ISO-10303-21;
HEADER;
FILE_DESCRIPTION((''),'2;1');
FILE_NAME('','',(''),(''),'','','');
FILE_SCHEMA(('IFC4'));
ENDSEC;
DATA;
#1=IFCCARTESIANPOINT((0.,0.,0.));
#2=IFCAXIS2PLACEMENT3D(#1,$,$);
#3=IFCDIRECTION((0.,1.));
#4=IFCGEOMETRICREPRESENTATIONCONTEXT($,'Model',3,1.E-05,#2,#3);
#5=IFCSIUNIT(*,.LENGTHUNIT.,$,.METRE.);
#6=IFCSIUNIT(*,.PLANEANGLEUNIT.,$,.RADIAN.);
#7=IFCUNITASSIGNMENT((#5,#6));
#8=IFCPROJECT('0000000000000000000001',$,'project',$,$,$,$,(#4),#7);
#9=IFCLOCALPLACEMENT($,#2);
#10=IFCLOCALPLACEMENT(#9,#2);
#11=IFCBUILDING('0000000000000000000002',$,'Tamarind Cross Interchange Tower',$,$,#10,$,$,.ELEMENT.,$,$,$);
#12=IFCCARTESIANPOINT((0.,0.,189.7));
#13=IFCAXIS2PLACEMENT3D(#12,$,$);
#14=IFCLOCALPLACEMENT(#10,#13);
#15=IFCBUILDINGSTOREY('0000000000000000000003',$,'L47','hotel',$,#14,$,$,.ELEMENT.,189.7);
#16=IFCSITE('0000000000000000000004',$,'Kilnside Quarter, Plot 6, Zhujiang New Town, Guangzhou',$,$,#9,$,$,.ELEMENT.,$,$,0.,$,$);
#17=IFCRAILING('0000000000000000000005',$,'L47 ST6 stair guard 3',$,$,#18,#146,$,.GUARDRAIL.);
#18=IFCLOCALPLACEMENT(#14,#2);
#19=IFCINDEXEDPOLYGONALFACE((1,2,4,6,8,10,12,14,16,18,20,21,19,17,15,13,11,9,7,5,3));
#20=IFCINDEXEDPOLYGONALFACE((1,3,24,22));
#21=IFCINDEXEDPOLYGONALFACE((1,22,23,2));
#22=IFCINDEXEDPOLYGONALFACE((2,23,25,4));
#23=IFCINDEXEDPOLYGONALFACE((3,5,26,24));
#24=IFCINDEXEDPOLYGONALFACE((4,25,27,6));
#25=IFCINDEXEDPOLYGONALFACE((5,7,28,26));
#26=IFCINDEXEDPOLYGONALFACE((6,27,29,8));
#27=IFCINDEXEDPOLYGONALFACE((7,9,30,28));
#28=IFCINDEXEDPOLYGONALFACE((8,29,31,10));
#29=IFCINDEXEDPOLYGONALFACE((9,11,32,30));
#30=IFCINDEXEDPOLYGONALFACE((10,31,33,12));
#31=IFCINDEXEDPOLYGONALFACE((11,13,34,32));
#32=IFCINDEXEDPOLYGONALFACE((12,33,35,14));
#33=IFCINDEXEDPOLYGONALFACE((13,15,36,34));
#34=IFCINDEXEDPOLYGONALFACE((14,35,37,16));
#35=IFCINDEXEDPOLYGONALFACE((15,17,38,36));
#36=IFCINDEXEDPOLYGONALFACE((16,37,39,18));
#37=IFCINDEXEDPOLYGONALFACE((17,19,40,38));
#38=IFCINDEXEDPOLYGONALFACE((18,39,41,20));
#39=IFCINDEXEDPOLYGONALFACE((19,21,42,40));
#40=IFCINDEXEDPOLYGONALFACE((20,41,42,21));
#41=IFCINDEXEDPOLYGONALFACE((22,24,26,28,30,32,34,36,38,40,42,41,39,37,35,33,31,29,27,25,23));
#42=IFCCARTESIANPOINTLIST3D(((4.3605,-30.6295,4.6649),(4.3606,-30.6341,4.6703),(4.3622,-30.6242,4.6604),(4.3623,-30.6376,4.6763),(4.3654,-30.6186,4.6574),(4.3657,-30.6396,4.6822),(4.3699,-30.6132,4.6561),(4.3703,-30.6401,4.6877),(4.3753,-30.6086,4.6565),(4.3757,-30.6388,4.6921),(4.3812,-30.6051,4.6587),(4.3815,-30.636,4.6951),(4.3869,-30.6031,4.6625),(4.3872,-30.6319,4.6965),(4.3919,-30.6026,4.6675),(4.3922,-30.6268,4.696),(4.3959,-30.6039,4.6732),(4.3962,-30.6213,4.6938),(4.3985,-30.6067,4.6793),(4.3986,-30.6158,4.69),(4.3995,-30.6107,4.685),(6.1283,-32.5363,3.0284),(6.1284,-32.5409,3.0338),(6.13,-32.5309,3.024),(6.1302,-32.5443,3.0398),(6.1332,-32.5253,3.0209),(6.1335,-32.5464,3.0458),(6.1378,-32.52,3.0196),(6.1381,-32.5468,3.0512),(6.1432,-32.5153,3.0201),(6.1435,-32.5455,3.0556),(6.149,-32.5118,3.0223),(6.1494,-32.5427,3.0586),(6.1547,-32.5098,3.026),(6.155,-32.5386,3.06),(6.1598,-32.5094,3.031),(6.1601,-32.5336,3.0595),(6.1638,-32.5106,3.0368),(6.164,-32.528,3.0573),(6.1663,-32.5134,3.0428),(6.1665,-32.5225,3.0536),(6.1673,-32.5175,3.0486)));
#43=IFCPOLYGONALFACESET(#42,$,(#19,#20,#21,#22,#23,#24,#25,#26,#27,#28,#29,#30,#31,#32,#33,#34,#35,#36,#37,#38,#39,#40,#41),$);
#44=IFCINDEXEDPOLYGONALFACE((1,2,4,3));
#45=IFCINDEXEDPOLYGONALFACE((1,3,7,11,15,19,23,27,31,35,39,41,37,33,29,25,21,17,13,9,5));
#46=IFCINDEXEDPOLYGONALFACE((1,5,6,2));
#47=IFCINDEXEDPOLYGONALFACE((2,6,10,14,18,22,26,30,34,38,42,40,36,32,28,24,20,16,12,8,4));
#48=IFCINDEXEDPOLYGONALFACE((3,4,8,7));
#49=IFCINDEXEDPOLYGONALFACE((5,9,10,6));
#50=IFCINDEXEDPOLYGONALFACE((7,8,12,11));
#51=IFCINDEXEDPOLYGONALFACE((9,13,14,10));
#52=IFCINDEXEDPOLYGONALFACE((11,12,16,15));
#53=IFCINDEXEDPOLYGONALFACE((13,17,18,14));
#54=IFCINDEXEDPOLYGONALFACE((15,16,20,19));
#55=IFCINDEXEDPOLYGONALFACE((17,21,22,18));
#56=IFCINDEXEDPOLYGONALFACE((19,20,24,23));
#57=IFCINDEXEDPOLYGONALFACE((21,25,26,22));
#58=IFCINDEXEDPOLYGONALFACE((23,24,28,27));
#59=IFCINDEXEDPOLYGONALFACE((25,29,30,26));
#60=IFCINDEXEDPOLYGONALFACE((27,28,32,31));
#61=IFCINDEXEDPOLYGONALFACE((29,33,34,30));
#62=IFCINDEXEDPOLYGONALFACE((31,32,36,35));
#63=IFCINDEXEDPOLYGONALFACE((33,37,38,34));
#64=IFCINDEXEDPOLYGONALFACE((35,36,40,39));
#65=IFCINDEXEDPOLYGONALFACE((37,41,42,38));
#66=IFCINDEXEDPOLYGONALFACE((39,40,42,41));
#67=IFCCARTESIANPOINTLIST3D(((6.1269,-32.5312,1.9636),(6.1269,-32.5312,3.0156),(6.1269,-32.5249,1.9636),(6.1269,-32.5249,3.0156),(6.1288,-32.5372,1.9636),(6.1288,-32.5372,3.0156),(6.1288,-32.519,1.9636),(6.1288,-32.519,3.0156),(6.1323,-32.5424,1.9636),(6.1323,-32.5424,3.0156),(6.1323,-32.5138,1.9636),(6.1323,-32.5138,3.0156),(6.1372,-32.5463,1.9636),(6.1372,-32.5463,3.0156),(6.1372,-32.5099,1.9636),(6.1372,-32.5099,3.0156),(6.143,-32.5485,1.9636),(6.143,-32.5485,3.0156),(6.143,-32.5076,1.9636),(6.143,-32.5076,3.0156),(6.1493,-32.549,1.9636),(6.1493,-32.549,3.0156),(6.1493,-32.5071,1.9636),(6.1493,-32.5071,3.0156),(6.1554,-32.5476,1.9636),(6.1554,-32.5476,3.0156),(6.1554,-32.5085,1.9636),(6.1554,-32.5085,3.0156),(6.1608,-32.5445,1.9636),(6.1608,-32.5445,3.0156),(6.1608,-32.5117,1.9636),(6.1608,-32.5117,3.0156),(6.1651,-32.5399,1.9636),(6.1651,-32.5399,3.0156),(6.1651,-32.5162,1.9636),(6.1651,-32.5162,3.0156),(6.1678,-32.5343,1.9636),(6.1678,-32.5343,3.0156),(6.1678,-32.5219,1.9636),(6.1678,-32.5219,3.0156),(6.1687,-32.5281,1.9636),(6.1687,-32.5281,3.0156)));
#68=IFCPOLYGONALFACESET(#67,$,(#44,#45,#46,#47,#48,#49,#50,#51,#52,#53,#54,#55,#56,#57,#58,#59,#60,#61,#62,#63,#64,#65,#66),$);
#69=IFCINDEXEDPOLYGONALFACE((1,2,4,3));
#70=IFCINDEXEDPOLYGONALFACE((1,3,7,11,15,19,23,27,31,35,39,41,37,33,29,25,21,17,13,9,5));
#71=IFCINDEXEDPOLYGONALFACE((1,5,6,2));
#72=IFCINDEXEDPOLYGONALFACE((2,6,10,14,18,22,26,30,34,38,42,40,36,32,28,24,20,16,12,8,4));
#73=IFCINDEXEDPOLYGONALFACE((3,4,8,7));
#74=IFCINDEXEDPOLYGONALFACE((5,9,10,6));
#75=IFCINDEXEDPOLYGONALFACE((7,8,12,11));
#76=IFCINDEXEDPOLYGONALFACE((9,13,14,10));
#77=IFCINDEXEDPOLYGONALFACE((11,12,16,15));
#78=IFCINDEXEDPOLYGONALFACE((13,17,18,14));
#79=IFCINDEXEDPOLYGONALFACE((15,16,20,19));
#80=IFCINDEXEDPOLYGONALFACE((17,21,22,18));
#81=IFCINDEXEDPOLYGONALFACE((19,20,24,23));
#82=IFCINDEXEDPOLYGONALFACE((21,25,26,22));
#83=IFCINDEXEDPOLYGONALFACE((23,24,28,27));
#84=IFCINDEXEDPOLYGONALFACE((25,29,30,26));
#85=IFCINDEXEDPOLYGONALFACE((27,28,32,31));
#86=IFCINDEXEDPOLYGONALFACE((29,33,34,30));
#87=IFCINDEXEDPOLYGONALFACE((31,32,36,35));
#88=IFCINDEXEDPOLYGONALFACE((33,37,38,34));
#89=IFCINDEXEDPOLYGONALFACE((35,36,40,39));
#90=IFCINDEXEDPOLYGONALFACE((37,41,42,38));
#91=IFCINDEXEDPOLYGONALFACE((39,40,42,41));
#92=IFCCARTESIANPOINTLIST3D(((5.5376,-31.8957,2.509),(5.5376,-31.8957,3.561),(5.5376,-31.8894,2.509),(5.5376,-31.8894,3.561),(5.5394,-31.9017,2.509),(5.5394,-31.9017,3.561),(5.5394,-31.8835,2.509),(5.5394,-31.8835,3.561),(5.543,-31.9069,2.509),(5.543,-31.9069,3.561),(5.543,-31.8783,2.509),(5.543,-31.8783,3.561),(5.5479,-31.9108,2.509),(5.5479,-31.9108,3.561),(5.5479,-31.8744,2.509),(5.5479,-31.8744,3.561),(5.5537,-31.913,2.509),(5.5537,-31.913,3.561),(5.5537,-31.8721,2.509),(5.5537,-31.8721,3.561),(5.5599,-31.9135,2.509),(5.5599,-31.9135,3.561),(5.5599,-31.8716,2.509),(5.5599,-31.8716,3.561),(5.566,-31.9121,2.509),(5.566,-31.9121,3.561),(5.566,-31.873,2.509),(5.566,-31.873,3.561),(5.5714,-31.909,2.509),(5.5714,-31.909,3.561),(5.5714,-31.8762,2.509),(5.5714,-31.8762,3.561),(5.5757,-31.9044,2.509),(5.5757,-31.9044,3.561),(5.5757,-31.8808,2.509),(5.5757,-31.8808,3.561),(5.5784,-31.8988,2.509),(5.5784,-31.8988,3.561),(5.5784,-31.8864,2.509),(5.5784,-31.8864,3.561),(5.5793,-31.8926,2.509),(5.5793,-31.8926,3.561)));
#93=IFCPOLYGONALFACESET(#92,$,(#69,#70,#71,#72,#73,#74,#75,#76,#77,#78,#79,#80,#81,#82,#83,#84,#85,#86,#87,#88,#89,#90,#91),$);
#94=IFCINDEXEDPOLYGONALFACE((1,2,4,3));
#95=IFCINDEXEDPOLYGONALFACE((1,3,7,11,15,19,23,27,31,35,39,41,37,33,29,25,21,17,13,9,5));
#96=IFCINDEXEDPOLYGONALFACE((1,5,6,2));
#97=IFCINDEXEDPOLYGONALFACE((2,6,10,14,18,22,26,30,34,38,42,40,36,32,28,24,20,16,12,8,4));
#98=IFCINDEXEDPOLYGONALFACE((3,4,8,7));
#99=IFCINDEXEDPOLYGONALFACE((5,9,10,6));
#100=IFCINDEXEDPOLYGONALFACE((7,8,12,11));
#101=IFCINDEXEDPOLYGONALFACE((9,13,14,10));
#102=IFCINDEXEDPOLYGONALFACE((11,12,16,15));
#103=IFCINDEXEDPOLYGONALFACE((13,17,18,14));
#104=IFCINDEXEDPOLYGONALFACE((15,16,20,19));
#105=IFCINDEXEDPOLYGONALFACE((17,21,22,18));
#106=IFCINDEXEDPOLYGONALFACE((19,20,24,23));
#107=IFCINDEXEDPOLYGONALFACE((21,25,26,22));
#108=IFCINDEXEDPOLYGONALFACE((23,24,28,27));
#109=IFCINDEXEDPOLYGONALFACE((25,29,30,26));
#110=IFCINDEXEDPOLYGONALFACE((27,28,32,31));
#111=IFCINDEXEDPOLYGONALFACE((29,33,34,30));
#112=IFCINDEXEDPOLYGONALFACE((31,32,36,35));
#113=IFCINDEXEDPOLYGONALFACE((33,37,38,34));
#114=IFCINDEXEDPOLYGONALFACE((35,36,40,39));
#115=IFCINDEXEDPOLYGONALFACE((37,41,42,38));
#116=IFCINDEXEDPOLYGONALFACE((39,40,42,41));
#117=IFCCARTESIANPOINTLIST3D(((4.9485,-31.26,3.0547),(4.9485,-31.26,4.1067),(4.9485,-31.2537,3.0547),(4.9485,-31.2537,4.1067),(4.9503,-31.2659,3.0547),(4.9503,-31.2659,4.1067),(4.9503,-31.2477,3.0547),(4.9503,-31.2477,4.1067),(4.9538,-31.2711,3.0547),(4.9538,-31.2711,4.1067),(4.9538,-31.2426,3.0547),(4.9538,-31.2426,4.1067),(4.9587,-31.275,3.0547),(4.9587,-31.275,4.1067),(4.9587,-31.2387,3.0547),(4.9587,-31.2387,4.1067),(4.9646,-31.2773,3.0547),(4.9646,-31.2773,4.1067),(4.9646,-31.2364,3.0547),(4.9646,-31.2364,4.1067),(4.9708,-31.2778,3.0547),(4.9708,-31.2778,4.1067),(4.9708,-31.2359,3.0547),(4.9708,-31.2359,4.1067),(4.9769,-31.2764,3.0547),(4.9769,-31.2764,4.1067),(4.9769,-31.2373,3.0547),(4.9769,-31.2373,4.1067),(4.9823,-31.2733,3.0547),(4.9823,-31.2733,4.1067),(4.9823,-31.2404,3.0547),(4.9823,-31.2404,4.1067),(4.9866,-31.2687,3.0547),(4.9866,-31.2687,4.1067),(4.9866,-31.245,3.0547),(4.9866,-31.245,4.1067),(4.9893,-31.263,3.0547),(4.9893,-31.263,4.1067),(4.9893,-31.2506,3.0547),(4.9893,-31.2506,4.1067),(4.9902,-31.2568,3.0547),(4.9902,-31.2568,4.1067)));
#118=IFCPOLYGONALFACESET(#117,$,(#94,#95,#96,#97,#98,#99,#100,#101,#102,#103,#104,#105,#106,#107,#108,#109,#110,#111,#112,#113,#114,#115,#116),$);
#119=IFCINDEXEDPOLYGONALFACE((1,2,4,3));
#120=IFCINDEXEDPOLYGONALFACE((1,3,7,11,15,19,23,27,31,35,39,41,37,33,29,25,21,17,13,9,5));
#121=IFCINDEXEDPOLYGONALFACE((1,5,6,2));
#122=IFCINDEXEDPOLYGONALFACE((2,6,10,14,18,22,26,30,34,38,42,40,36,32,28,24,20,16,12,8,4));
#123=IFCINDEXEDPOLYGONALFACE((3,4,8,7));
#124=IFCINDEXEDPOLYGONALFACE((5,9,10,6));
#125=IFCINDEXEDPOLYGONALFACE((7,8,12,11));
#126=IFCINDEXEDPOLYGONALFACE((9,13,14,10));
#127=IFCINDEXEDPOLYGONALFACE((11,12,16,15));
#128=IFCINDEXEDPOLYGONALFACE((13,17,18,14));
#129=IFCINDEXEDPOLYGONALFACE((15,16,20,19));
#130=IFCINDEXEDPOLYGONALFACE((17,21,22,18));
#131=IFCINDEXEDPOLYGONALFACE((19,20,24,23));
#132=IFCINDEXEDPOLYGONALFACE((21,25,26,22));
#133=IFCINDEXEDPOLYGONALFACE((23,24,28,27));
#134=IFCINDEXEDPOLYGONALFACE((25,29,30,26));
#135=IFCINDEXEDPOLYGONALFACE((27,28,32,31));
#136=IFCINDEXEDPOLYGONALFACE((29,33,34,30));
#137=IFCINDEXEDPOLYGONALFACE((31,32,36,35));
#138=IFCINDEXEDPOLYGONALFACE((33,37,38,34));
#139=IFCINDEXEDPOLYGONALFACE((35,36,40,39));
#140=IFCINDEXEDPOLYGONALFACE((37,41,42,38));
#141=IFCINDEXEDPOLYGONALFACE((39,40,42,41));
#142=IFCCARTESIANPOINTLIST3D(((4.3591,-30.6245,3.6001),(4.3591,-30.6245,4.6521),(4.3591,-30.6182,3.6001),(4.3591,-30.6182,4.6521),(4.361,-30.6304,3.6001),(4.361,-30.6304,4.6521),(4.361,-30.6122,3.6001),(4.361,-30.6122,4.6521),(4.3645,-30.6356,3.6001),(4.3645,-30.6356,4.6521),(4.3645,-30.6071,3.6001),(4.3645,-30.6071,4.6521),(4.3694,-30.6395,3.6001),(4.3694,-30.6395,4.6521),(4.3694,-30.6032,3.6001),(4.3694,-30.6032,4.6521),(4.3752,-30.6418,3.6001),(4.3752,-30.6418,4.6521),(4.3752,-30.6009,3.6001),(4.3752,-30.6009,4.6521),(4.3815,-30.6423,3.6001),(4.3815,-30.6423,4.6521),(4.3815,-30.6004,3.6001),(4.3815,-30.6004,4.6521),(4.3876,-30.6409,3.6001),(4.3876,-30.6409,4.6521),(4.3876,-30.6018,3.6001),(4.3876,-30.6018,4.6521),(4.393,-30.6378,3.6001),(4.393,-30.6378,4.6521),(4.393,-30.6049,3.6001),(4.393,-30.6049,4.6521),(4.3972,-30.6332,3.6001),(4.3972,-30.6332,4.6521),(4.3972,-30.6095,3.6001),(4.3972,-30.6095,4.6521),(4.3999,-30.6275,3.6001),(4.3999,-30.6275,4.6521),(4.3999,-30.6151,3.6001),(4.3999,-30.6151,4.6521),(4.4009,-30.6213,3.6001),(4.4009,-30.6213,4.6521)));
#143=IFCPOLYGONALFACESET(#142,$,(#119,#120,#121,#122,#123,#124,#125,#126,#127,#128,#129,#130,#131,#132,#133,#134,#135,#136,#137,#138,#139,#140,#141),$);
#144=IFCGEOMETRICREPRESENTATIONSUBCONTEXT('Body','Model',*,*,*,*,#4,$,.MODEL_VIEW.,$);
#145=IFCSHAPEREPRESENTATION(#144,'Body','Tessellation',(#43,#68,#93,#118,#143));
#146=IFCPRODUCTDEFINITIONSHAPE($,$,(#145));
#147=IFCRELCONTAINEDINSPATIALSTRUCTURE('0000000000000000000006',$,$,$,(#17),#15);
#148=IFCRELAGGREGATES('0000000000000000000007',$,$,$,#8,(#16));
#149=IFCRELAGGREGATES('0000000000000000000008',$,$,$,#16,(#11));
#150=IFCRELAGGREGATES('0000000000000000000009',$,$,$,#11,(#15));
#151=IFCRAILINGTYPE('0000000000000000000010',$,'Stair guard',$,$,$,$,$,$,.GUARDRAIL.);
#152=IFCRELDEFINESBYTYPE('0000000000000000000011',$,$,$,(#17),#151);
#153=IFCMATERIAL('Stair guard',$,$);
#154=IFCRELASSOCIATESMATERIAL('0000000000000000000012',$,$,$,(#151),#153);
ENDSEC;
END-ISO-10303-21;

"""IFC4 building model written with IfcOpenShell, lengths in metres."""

from ifc_helpers import new_model, si_unit, direction, frame, origin, origin_2d, place, context, subcontext, project, spatial, circle, extrude, material, type_object, element, save


model = new_model("IFC4")

# Units and contexts
model_context = context("Model", 3, precision=1e-05, world=origin(), true_north=direction((0.0, 1.0)))
body_context = subcontext(model_context, "Body", "Model", "MODEL_VIEW")
ifc_project = project(units=[si_unit("LENGTHUNIT", "METRE"), si_unit("PLANEANGLEUNIT", "RADIAN")], contexts=[model_context])

# Site, building, storey
site_placement = place(None, origin())
site = spatial("IfcSite", under=ifc_project, at=site_placement, Name="Kilnside Quarter, Plot 6, Zhujiang New Town, Guangzhou", CompositionType="ELEMENT", RefElevation=0.0)
building_placement = place(site_placement, origin())
building = spatial("IfcBuilding", under=site, at=building_placement, Name="Tamarind Cross Interchange Tower", CompositionType="ELEMENT")
storey_placement = place(building_placement, frame((0.0, 0.0, 189.7)))
storey = spatial("IfcBuildingStorey", under=building, at=storey_placement, Name="L47", Description="hotel", CompositionType="ELEMENT", Elevation=189.7)

# Railing
ifc_material_1 = material(Name="Stair guard")
railing_type_1 = type_object("IfcRailingType", Name="Stair guard", PredefinedType="GUARDRAIL", material=ifc_material_1)
railing_1_placement = place(storey_placement, frame((6.1477, -32.5281, 1.9636)))
element("IfcRailing", 1, at=railing_1_placement, inside=storey, type_object=railing_type_1, Name="L47 ST6 stair guard 3", PredefinedType="GUARDRAIL", context=body_context, shape_type="SweptSolid", body=[
    extrude(circle(Radius=0.0239, at=origin_2d()), frame((0.0, 0.0, 1.0762), z_axis=(-0.575411, 0.620627, 0.532658), x_axis=(-0.733315, -0.679889, 0.0)), (0.0, 0.0, 1.0), 3.0723),
    extrude(circle(Radius=0.021, at=origin_2d()), origin(), (0.0, 0.0, 1.0), 1.052),
    extrude(circle(Radius=0.021, at=origin_2d()), frame((-0.5894, 0.6355, 0.5454)), (0.0, 0.0, 1.0), 1.052),
    extrude(circle(Radius=0.021, at=origin_2d()), frame((-1.1785, 1.2712, 1.0911)), (0.0, 0.0, 1.0), 1.052),
    extrude(circle(Radius=0.021, at=origin_2d()), frame((-1.7678, 1.9067, 1.6365)), (0.0, 0.0, 1.0), 1.052),
])

save(model, "model.ifc")
